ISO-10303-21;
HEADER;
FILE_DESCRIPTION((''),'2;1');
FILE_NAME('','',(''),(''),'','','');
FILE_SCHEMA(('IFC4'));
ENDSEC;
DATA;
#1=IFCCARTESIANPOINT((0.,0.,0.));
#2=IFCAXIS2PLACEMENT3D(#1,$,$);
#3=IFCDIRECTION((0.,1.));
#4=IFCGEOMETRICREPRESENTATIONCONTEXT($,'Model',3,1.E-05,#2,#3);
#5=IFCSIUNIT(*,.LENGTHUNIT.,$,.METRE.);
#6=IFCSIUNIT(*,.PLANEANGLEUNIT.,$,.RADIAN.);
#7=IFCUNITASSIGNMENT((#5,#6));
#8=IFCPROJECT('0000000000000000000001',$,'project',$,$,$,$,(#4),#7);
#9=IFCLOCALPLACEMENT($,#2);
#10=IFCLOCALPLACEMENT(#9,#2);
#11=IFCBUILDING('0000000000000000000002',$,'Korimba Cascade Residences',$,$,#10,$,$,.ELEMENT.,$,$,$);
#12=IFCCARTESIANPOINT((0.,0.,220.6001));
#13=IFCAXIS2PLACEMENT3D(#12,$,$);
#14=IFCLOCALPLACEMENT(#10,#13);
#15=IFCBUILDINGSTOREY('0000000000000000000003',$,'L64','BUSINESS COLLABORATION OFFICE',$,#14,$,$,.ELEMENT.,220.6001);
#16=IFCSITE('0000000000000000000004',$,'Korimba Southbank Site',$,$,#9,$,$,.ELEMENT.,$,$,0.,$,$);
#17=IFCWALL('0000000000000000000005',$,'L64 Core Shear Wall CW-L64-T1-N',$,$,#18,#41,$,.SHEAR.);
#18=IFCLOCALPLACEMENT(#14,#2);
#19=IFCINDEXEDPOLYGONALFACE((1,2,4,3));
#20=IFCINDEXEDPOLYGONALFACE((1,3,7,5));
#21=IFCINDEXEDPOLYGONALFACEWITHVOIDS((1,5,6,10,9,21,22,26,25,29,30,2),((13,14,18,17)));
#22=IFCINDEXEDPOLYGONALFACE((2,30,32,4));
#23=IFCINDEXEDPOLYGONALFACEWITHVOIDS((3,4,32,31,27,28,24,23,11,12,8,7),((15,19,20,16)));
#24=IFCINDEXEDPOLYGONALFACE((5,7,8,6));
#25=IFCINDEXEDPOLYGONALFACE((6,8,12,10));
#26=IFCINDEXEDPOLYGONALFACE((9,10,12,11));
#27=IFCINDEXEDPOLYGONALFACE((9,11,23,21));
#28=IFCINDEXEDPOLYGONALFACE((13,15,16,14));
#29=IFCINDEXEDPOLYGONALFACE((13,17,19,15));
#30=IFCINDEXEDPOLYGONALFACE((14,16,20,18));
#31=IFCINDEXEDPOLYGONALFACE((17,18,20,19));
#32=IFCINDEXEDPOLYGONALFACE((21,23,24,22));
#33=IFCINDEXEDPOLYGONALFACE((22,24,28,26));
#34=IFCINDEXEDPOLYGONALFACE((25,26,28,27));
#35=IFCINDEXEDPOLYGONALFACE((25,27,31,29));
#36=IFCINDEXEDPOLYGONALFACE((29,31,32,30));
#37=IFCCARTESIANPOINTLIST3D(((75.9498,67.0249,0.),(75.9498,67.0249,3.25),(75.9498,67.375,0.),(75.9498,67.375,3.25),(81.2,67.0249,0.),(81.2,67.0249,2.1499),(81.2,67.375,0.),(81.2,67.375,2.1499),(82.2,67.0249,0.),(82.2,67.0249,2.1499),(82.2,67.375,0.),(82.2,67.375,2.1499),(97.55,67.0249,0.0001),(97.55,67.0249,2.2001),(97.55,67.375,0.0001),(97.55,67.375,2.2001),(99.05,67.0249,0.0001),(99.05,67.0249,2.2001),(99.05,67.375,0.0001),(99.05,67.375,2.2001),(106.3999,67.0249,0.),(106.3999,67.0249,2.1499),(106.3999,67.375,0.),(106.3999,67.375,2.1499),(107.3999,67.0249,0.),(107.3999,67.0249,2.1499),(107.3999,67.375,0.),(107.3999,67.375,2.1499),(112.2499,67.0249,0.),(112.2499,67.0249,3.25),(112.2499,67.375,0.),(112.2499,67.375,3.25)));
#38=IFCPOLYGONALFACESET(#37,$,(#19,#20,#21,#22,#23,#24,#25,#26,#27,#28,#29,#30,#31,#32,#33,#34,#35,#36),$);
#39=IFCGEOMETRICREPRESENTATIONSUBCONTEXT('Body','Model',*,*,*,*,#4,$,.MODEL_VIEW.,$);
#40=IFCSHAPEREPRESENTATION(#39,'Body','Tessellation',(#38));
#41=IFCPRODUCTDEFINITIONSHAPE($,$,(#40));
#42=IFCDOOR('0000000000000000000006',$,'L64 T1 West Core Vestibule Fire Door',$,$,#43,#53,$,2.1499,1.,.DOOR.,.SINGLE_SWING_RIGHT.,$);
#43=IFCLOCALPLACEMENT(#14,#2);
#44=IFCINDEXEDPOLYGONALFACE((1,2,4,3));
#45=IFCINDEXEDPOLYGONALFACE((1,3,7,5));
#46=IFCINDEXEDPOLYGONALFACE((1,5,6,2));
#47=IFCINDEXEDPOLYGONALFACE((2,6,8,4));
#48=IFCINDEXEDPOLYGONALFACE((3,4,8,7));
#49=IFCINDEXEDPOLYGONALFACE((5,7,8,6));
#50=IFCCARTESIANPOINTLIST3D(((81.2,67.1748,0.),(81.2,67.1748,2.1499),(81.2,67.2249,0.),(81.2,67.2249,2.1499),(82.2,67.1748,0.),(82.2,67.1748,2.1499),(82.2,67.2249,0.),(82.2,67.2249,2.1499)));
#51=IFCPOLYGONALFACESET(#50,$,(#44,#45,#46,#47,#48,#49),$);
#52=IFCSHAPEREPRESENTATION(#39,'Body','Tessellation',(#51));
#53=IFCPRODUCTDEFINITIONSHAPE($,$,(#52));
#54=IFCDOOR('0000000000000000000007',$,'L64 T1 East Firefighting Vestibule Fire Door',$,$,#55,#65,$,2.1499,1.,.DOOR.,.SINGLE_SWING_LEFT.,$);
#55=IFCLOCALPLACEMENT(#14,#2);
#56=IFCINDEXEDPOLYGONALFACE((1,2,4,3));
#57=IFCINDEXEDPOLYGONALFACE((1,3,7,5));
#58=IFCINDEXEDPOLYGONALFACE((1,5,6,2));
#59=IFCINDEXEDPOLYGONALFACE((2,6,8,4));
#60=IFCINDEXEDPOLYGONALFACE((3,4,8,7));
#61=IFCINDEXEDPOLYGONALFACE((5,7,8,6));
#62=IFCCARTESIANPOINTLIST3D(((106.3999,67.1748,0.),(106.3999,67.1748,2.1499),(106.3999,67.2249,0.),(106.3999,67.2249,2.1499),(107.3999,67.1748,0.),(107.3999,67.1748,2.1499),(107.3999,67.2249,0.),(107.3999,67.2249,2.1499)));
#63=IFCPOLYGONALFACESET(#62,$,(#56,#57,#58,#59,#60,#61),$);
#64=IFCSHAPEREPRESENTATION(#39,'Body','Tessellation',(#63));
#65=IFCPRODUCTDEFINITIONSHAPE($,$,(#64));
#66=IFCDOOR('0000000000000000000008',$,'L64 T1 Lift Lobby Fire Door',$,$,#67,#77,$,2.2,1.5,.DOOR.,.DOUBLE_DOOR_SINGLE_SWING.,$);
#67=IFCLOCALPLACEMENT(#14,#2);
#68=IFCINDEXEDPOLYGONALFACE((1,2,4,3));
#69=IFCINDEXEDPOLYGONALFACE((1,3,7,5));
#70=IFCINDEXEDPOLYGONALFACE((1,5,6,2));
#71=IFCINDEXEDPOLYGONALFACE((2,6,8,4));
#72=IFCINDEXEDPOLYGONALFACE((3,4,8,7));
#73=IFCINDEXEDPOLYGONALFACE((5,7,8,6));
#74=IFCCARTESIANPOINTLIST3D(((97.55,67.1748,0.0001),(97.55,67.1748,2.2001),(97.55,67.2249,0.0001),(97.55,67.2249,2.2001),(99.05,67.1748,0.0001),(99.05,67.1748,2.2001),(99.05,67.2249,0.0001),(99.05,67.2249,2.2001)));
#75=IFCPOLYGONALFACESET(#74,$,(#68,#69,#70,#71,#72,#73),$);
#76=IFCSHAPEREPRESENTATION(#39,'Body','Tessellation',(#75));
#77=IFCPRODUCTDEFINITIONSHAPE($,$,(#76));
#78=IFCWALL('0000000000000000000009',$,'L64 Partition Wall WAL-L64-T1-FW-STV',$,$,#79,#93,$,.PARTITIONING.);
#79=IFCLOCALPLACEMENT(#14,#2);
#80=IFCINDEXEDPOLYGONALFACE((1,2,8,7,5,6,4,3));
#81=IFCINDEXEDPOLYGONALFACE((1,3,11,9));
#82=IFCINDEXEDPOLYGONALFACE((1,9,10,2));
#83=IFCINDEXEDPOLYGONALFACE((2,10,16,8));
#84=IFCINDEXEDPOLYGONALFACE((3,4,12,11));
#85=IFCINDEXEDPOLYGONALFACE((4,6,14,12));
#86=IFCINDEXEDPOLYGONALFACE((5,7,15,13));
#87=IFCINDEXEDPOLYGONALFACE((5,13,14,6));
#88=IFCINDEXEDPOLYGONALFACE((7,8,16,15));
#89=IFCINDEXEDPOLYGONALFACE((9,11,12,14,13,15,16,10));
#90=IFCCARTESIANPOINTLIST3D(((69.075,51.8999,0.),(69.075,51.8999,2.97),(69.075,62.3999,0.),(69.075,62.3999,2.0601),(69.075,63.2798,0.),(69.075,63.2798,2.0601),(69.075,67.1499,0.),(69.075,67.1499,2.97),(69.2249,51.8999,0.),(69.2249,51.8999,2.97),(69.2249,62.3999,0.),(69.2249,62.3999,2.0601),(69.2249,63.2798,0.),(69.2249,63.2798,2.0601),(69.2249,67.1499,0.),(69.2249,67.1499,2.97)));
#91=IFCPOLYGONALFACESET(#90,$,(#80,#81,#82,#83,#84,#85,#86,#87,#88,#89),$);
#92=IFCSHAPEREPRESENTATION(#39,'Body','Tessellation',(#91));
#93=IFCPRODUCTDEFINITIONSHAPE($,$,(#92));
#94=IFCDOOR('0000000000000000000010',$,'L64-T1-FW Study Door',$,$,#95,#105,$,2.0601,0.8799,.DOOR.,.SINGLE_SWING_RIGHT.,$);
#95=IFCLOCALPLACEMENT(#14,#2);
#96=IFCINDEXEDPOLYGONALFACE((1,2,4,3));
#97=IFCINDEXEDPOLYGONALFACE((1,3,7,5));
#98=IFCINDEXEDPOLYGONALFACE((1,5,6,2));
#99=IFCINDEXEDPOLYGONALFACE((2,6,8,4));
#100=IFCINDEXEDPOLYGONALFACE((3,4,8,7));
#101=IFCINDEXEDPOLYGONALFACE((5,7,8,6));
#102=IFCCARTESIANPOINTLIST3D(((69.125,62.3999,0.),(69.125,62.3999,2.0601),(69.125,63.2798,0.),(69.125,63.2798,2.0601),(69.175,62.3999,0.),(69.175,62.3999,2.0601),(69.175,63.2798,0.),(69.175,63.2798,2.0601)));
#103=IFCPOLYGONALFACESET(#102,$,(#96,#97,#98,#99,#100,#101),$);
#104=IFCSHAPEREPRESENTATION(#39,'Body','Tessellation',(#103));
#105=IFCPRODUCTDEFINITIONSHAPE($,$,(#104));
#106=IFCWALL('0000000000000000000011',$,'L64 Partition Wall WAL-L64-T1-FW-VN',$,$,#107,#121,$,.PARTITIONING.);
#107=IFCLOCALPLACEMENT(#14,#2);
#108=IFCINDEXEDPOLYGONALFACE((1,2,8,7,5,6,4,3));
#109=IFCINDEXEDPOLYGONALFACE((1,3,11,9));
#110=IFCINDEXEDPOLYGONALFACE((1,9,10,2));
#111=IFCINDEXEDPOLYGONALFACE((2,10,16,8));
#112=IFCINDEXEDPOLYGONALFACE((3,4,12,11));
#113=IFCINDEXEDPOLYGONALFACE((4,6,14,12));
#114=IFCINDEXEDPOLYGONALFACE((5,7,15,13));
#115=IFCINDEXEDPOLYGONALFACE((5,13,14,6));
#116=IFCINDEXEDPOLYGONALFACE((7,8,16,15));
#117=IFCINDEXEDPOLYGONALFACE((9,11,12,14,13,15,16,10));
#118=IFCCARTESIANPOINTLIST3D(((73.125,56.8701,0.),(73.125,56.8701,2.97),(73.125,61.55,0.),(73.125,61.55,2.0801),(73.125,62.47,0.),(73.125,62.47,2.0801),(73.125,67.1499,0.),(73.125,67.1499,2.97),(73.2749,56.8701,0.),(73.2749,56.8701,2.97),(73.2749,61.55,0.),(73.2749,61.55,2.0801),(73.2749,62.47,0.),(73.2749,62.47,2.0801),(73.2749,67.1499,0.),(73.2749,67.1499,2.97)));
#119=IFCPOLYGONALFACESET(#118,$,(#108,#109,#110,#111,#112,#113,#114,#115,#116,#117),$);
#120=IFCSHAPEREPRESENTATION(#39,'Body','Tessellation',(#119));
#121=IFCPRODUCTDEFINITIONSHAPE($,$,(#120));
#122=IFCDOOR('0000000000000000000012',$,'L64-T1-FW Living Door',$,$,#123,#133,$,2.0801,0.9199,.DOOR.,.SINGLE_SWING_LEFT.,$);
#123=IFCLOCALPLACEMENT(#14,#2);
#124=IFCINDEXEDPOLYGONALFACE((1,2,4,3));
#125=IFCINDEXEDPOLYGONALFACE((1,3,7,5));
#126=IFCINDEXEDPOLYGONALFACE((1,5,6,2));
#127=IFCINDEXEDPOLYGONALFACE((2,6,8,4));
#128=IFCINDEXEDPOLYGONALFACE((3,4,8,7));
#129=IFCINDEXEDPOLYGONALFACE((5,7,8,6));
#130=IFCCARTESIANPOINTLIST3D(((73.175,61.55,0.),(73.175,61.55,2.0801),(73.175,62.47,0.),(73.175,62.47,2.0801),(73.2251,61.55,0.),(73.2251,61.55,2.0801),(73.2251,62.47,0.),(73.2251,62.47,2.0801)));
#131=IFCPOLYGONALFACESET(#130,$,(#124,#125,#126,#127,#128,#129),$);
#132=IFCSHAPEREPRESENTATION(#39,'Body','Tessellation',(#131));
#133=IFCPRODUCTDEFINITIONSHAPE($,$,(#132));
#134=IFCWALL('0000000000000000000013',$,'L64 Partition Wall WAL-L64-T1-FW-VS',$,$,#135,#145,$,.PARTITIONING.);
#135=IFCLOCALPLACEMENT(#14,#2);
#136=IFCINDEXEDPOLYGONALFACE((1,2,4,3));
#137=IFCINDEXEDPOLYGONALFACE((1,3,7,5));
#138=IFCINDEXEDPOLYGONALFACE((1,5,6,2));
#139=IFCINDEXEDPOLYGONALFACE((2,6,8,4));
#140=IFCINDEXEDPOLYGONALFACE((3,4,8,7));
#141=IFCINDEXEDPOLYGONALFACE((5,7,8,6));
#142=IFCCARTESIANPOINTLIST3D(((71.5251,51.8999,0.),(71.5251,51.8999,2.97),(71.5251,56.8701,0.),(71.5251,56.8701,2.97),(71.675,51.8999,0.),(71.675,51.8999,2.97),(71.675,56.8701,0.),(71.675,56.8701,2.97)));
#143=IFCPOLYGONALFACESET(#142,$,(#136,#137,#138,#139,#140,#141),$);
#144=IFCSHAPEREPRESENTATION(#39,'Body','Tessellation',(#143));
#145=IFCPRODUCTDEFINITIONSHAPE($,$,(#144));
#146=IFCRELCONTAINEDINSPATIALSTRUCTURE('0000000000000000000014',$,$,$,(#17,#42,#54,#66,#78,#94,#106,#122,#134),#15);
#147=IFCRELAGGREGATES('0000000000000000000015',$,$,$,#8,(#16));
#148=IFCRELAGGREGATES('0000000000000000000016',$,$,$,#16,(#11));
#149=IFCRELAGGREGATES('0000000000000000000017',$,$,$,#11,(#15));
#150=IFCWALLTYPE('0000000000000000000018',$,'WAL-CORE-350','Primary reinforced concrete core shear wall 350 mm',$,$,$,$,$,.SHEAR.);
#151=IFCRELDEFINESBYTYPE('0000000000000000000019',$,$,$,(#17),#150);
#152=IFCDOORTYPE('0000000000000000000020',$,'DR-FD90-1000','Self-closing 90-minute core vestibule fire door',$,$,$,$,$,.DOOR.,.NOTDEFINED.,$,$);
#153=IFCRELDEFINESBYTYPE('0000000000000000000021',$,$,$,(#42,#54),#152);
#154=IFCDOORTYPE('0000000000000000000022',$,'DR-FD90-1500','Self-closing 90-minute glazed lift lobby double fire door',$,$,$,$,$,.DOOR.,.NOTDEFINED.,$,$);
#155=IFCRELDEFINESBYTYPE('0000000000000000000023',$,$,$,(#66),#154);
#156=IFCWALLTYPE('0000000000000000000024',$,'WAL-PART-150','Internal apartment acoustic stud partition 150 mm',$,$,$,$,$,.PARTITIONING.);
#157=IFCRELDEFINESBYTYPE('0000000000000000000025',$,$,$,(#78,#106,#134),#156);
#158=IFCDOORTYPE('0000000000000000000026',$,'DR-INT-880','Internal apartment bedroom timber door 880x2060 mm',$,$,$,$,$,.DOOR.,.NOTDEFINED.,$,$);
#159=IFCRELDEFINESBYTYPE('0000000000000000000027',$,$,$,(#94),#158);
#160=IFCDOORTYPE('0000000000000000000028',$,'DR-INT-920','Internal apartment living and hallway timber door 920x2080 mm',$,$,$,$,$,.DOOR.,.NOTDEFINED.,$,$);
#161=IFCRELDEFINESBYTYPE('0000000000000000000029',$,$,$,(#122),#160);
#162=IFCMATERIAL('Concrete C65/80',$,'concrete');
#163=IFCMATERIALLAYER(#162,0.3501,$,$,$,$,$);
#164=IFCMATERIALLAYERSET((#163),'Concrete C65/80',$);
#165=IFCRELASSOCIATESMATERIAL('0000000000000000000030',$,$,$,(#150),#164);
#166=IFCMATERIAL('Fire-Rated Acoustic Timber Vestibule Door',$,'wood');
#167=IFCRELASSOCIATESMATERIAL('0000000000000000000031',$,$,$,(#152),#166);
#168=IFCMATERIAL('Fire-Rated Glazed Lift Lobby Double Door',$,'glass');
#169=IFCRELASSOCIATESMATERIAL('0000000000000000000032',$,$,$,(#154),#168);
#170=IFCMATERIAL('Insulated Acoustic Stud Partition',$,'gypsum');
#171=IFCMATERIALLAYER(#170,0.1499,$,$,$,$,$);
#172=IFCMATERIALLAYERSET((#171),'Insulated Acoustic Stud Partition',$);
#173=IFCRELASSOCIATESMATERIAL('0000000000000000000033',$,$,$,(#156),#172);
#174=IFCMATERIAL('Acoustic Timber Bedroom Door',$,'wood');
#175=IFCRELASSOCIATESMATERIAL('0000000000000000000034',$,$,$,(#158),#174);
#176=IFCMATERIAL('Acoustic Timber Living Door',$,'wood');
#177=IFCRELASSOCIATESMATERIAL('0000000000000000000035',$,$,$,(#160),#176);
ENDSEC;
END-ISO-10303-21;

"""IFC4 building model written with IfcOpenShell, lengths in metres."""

from ifc_helpers import new_model, si_unit, direction, frame, frame_2d, origin, place, context, subcontext, project, spatial, rectangle, extrude, material, layer, layer_set, type_object, element, fill, save


model = new_model("IFC4")

# Units and contexts
model_context = context("Model", 3, precision=1e-05, world=origin(), true_north=direction((0.0, 1.0)))
body_context = subcontext(model_context, "Body", "Model", "MODEL_VIEW")
ifc_project = project(units=[si_unit("LENGTHUNIT", "METRE"), si_unit("PLANEANGLEUNIT", "RADIAN")], contexts=[model_context])

# Site, building, storey
site_placement = place(None, origin())
site = spatial("IfcSite", under=ifc_project, at=site_placement, Name="Korimba Southbank Site", CompositionType="ELEMENT", RefElevation=0.0)
building_placement = place(site_placement, origin())
building = spatial("IfcBuilding", under=site, at=building_placement, Name="Korimba Cascade Residences", CompositionType="ELEMENT")
storey_placement = place(building_placement, frame((0.0, 0.0, 220.6001)))
storey = spatial("IfcBuildingStorey", under=building, at=storey_placement, Name="L64", Description="BUSINESS COLLABORATION OFFICE", CompositionType="ELEMENT", Elevation=220.6001)

# Shared definitions
ifc_material_1 = material(Name="Concrete C65/80", Category="concrete")

# Shared definitions
ifc_layer_1 = layer(ifc_material_1, 0.3501)
ifc_layer_set_1 = layer_set([ifc_layer_1], Name="Concrete C65/80")
wall_type_1 = type_object("IfcWallType", Name="WAL-CORE-350", Description="Primary reinforced concrete core shear wall 350 mm", PredefinedType="SHEAR", material=ifc_layer_set_1)

# Wall, openings, doors
wall_1_placement = place(storey_placement, frame((75.95, 67.2, 0.0), z_axis=(0.0, 0.0, 1.0), x_axis=(1.0, 0.0, 0.0)))
wall_1 = element("IfcWall", 1, at=wall_1_placement, inside=storey, type_object=wall_type_1, Name="L64 Core Shear Wall CW-L64-T1-N", PredefinedType="SHEAR", context=body_context, shape_type="SweptSolid", body=[
    extrude(rectangle(XDim=36.3, YDim=0.3501, at=frame_2d((18.1499, 0.0))), origin(), (0.0, 0.0, 1.0), 3.25),
])
opening_1_placement = place(wall_1_placement, frame((5.25, 0.0, 0.0)))
opening_1 = element("IfcOpeningElement", 2, at=opening_1_placement, cuts=wall_1, PredefinedType="OPENING", context=body_context, shape_type="SweptSolid", body=[
    extrude(rectangle(XDim=1.0, YDim=2.1499, at=frame_2d((0.5, 1.075))), frame((0.0, 0.1851, 0.0), z_axis=(0.0, -1.0, 0.0), x_axis=(1.0, 0.0, 0.0)), (0.0, 0.0, 1.0), 0.3701),
])
opening_2_placement = place(wall_1_placement, frame((21.6001, 0.0, 0.0)))
opening_2 = element("IfcOpeningElement", 3, at=opening_2_placement, cuts=wall_1, PredefinedType="OPENING", context=body_context, shape_type="SweptSolid", body=[
    extrude(rectangle(XDim=1.5, YDim=2.2, at=frame_2d((0.75, 1.1001))), frame((0.0, 0.1851, 0.0), z_axis=(0.0, -1.0, 0.0), x_axis=(1.0, 0.0, 0.0)), (0.0, 0.0, 1.0), 0.3701),
])
opening_3_placement = place(wall_1_placement, frame((30.45, 0.0, 0.0)))
opening_3 = element("IfcOpeningElement", 4, at=opening_3_placement, cuts=wall_1, PredefinedType="OPENING", context=body_context, shape_type="SweptSolid", body=[
    extrude(rectangle(XDim=1.0, YDim=2.1499, at=frame_2d((0.5, 1.075))), frame((0.0, 0.1851, 0.0), z_axis=(0.0, -1.0, 0.0), x_axis=(1.0, 0.0, 0.0)), (0.0, 0.0, 1.0), 0.3701),
])
ifc_material_2 = material(Name="Fire-Rated Acoustic Timber Vestibule Door", Category="wood")
door_type_1 = type_object("IfcDoorType", Name="DR-FD90-1000", Description="Self-closing 90-minute core vestibule fire door", OperationType="NOTDEFINED", PredefinedType="DOOR", material=ifc_material_2)
door_1_placement = place(opening_1_placement, origin())
door_1 = element("IfcDoor", 5, at=door_1_placement, inside=storey, type_object=door_type_1, Name="L64 T1 West Core Vestibule Fire Door", OperationType="SINGLE_SWING_RIGHT", OverallHeight=2.1499, OverallWidth=1.0, PredefinedType="DOOR", context=body_context, shape_type="SweptSolid", body=[
    extrude(rectangle(XDim=1.0, YDim=2.1499, at=frame_2d((0.5, 1.075))), frame((0.0, 0.0249, 0.0), z_axis=(0.0, -1.0, 0.0), x_axis=(1.0, 0.0, 0.0)), (0.0, 0.0, 1.0), 0.05),
])
fill(opening_1, door_1)
door_2_placement = place(opening_3_placement, origin())
door_2 = element("IfcDoor", 6, at=door_2_placement, inside=storey, type_object=door_type_1, Name="L64 T1 East Firefighting Vestibule Fire Door", OperationType="SINGLE_SWING_LEFT", OverallHeight=2.1499, OverallWidth=1.0, PredefinedType="DOOR", context=body_context, shape_type="SweptSolid", body=[
    extrude(rectangle(XDim=1.0, YDim=2.1499, at=frame_2d((0.5, 1.075))), frame((0.0, 0.0249, 0.0), z_axis=(0.0, -1.0, 0.0), x_axis=(1.0, 0.0, 0.0)), (0.0, 0.0, 1.0), 0.05),
])
fill(opening_3, door_2)
ifc_material_3 = material(Name="Fire-Rated Glazed Lift Lobby Double Door", Category="glass")
door_type_2 = type_object("IfcDoorType", Name="DR-FD90-1500", Description="Self-closing 90-minute glazed lift lobby double fire door", OperationType="NOTDEFINED", PredefinedType="DOOR", material=ifc_material_3)
door_3_placement = place(opening_2_placement, origin())
door_3 = element("IfcDoor", 7, at=door_3_placement, inside=storey, type_object=door_type_2, Name="L64 T1 Lift Lobby Fire Door", OperationType="DOUBLE_DOOR_SINGLE_SWING", OverallHeight=2.2, OverallWidth=1.5, PredefinedType="DOOR", context=body_context, shape_type="SweptSolid", body=[
    extrude(rectangle(XDim=1.5, YDim=2.2, at=frame_2d((0.75, 1.1001))), frame((0.0, 0.0249, 0.0), z_axis=(0.0, -1.0, 0.0), x_axis=(1.0, 0.0, 0.0)), (0.0, 0.0, 1.0), 0.05),
])
fill(opening_2, door_3)

# Walls, openings, doors
ifc_material_4 = material(Name="Insulated Acoustic Stud Partition", Category="gypsum")
ifc_layer_2 = layer(ifc_material_4, 0.1499)
ifc_layer_set_2 = layer_set([ifc_layer_2], Name="Insulated Acoustic Stud Partition")
wall_type_2 = type_object("IfcWallType", Name="WAL-PART-150", Description="Internal apartment acoustic stud partition 150 mm", PredefinedType="PARTITIONING", material=ifc_layer_set_2)
wall_2_placement = place(storey_placement, frame((69.1499, 51.8999, 0.0), z_axis=(0.0, 0.0, 1.0), x_axis=(0.0, 1.0, 0.0)))
wall_2 = element("IfcWall", 8, at=wall_2_placement, inside=storey, type_object=wall_type_2, Name="L64 Partition Wall WAL-L64-T1-FW-STV", PredefinedType="PARTITIONING", context=body_context, shape_type="SweptSolid", body=[
    extrude(rectangle(XDim=15.25, YDim=0.1499, at=frame_2d((7.625, 0.0))), origin(), (0.0, 0.0, 1.0), 2.97),
])
opening_4_placement = place(wall_2_placement, frame((10.5, 0.0, 0.0)))
opening_4 = element("IfcOpeningElement", 9, at=opening_4_placement, cuts=wall_2, PredefinedType="OPENING", context=body_context, shape_type="SweptSolid", body=[
    extrude(rectangle(XDim=0.8799, YDim=2.0601, at=frame_2d((0.4399, 1.03))), frame((0.0, 0.085, 0.0), z_axis=(0.0, -1.0, 0.0), x_axis=(1.0, 0.0, 0.0)), (0.0, 0.0, 1.0), 0.1699),
])
ifc_material_5 = material(Name="Acoustic Timber Bedroom Door", Category="wood")
door_type_3 = type_object("IfcDoorType", Name="DR-INT-880", Description="Internal apartment bedroom timber door 880x2060 mm", OperationType="NOTDEFINED", PredefinedType="DOOR", material=ifc_material_5)
door_4_placement = place(opening_4_placement, origin())
door_4 = element("IfcDoor", 10, at=door_4_placement, inside=storey, type_object=door_type_3, Name="L64-T1-FW Study Door", OperationType="SINGLE_SWING_RIGHT", OverallHeight=2.0601, OverallWidth=0.8799, PredefinedType="DOOR", context=body_context, shape_type="SweptSolid", body=[
    extrude(rectangle(XDim=0.8799, YDim=2.0601, at=frame_2d((0.4399, 1.03))), frame((0.0, 0.0249, 0.0), z_axis=(0.0, -1.0, 0.0), x_axis=(1.0, 0.0, 0.0)), (0.0, 0.0, 1.0), 0.05),
])
fill(opening_4, door_4)
wall_3_placement = place(storey_placement, frame((73.2, 56.8701, 0.0), z_axis=(0.0, 0.0, 1.0), x_axis=(0.0, 1.0, 0.0)))
wall_3 = element("IfcWall", 11, at=wall_3_placement, inside=storey, type_object=wall_type_2, Name="L64 Partition Wall WAL-L64-T1-FW-VN", PredefinedType="PARTITIONING", context=body_context, shape_type="SweptSolid", body=[
    extrude(rectangle(XDim=10.2798, YDim=0.1499, at=frame_2d((5.1399, 0.0))), origin(), (0.0, 0.0, 1.0), 2.97),
])
opening_5_placement = place(wall_3_placement, frame((4.6799, 0.0, 0.0)))
opening_5 = element("IfcOpeningElement", 12, at=opening_5_placement, cuts=wall_3, PredefinedType="OPENING", context=body_context, shape_type="SweptSolid", body=[
    extrude(rectangle(XDim=0.9199, YDim=2.0801, at=frame_2d((0.46, 1.04))), frame((0.0, 0.085, 0.0), z_axis=(0.0, -1.0, 0.0), x_axis=(1.0, 0.0, 0.0)), (0.0, 0.0, 1.0), 0.1699),
])
ifc_material_6 = material(Name="Acoustic Timber Living Door", Category="wood")
door_type_4 = type_object("IfcDoorType", Name="DR-INT-920", Description="Internal apartment living and hallway timber door 920x2080 mm", OperationType="NOTDEFINED", PredefinedType="DOOR", material=ifc_material_6)
door_5_placement = place(opening_5_placement, origin())
door_5 = element("IfcDoor", 13, at=door_5_placement, inside=storey, type_object=door_type_4, Name="L64-T1-FW Living Door", OperationType="SINGLE_SWING_LEFT", OverallHeight=2.0801, OverallWidth=0.9199, PredefinedType="DOOR", context=body_context, shape_type="SweptSolid", body=[
    extrude(rectangle(XDim=0.9199, YDim=2.0801, at=frame_2d((0.46, 1.04))), frame((0.0, 0.0249, 0.0), z_axis=(0.0, -1.0, 0.0), x_axis=(1.0, 0.0, 0.0)), (0.0, 0.0, 1.0), 0.05),
])
fill(opening_5, door_5)

# Wall
wall_4_placement = place(storey_placement, frame((71.6001, 51.8999, 0.0), z_axis=(0.0, 0.0, 1.0), x_axis=(0.0, 1.0, 0.0)))
element("IfcWall", 14, at=wall_4_placement, inside=storey, type_object=wall_type_2, Name="L64 Partition Wall WAL-L64-T1-FW-VS", PredefinedType="PARTITIONING", context=body_context, shape_type="SweptSolid", body=[
    extrude(rectangle(XDim=4.9702, YDim=0.1499, at=frame_2d((2.4851, 0.0))), origin(), (0.0, 0.0, 1.0), 2.97),
])

save(model, "model.ifc")
